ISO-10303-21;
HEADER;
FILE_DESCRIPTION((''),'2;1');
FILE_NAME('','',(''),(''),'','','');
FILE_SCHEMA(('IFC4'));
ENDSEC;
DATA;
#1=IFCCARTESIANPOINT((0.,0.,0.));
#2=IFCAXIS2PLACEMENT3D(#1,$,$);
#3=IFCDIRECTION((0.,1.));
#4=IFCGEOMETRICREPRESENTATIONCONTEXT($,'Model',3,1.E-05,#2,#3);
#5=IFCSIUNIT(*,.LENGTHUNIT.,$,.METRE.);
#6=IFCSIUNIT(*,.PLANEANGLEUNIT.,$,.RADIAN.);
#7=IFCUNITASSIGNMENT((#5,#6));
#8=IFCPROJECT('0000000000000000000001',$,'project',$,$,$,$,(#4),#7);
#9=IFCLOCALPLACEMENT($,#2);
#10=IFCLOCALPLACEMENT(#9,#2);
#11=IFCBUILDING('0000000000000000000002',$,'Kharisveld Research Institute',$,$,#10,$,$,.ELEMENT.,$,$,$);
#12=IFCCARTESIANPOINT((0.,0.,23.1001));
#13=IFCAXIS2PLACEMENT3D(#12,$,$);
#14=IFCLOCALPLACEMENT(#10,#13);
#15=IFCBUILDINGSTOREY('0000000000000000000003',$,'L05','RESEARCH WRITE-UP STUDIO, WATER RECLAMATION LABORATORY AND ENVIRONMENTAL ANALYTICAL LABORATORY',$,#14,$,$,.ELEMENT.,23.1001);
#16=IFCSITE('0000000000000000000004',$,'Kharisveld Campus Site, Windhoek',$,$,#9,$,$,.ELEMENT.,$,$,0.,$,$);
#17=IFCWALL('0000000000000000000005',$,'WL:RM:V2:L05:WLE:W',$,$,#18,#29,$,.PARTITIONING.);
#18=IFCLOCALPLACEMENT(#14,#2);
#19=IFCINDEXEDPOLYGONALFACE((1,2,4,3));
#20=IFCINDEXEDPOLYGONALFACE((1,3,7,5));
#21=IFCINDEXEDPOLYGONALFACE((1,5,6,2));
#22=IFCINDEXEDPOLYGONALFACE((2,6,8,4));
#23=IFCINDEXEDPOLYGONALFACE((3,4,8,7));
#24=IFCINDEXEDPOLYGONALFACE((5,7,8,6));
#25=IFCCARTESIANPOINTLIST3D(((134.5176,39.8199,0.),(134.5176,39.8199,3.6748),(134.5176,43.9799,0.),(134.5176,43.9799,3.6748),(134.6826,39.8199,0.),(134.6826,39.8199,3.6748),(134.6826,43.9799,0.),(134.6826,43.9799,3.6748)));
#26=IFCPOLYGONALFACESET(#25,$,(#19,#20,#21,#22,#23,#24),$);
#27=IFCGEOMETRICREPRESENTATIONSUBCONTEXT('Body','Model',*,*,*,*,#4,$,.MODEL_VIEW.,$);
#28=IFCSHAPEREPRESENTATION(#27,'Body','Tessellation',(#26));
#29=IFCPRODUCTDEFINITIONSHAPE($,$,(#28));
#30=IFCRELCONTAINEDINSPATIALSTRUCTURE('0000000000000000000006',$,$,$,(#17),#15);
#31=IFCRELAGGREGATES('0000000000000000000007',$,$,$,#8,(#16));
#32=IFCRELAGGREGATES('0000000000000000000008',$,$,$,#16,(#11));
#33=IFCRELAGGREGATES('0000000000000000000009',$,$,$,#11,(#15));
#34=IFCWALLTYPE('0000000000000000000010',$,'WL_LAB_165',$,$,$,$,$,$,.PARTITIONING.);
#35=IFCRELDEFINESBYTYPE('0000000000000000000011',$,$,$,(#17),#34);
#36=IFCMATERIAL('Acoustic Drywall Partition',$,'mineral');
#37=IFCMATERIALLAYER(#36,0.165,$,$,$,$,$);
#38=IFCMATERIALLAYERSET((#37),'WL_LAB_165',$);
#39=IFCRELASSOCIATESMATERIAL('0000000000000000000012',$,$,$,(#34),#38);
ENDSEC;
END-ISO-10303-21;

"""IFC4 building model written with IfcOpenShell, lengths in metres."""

from ifc_helpers import new_model, si_unit, direction, frame, frame_2d, origin, place, context, subcontext, project, spatial, rectangle, extrude, material, layer, layer_set, type_object, element, save


model = new_model("IFC4")

# Units and contexts
model_context = context("Model", 3, precision=1e-05, world=origin(), true_north=direction((0.0, 1.0)))
body_context = subcontext(model_context, "Body", "Model", "MODEL_VIEW")
ifc_project = project(units=[si_unit("LENGTHUNIT", "METRE"), si_unit("PLANEANGLEUNIT", "RADIAN")], contexts=[model_context])

# Site, building, storey
site_placement = place(None, origin())
site = spatial("IfcSite", under=ifc_project, at=site_placement, Name="Kharisveld Campus Site, Windhoek", CompositionType="ELEMENT", RefElevation=0.0)
building_placement = place(site_placement, origin())
building = spatial("IfcBuilding", under=site, at=building_placement, Name="Kharisveld Research Institute", CompositionType="ELEMENT")
storey_placement = place(building_placement, frame((0.0, 0.0, 23.1001)))
storey = spatial("IfcBuildingStorey", under=building, at=storey_placement, Name="L05", Description="RESEARCH WRITE-UP STUDIO, WATER RECLAMATION LABORATORY AND ENVIRONMENTAL ANALYTICAL LABORATORY", CompositionType="ELEMENT", Elevation=23.1001)

# Shared definitions
ifc_material_1 = material(Name="Acoustic Drywall Partition", Category="mineral")
ifc_layer_1 = layer(ifc_material_1, 0.165)
ifc_layer_set_1 = layer_set([ifc_layer_1], Name="WL_LAB_165")
wall_type_1 = type_object("IfcWallType", Name="WL_LAB_165", PredefinedType="PARTITIONING", material=ifc_layer_set_1)

# Wall
wall_1_placement = place(storey_placement, frame((134.6001, 43.98, 0.0), z_axis=(0.0, 0.0, 1.0), x_axis=(0.0, -1.0, 0.0)))
element("IfcWall", 1, at=wall_1_placement, inside=storey, type_object=wall_type_1, Name="WL:RM:V2:L05:WLE:W", PredefinedType="PARTITIONING", context=body_context, shape_type="SweptSolid", body=[
    extrude(rectangle(XDim=4.1599, YDim=0.165, at=frame_2d((2.0801, 0.0))), origin(), (0.0, 0.0, 1.0), 3.6748),
])

save(model, "model.ifc")
